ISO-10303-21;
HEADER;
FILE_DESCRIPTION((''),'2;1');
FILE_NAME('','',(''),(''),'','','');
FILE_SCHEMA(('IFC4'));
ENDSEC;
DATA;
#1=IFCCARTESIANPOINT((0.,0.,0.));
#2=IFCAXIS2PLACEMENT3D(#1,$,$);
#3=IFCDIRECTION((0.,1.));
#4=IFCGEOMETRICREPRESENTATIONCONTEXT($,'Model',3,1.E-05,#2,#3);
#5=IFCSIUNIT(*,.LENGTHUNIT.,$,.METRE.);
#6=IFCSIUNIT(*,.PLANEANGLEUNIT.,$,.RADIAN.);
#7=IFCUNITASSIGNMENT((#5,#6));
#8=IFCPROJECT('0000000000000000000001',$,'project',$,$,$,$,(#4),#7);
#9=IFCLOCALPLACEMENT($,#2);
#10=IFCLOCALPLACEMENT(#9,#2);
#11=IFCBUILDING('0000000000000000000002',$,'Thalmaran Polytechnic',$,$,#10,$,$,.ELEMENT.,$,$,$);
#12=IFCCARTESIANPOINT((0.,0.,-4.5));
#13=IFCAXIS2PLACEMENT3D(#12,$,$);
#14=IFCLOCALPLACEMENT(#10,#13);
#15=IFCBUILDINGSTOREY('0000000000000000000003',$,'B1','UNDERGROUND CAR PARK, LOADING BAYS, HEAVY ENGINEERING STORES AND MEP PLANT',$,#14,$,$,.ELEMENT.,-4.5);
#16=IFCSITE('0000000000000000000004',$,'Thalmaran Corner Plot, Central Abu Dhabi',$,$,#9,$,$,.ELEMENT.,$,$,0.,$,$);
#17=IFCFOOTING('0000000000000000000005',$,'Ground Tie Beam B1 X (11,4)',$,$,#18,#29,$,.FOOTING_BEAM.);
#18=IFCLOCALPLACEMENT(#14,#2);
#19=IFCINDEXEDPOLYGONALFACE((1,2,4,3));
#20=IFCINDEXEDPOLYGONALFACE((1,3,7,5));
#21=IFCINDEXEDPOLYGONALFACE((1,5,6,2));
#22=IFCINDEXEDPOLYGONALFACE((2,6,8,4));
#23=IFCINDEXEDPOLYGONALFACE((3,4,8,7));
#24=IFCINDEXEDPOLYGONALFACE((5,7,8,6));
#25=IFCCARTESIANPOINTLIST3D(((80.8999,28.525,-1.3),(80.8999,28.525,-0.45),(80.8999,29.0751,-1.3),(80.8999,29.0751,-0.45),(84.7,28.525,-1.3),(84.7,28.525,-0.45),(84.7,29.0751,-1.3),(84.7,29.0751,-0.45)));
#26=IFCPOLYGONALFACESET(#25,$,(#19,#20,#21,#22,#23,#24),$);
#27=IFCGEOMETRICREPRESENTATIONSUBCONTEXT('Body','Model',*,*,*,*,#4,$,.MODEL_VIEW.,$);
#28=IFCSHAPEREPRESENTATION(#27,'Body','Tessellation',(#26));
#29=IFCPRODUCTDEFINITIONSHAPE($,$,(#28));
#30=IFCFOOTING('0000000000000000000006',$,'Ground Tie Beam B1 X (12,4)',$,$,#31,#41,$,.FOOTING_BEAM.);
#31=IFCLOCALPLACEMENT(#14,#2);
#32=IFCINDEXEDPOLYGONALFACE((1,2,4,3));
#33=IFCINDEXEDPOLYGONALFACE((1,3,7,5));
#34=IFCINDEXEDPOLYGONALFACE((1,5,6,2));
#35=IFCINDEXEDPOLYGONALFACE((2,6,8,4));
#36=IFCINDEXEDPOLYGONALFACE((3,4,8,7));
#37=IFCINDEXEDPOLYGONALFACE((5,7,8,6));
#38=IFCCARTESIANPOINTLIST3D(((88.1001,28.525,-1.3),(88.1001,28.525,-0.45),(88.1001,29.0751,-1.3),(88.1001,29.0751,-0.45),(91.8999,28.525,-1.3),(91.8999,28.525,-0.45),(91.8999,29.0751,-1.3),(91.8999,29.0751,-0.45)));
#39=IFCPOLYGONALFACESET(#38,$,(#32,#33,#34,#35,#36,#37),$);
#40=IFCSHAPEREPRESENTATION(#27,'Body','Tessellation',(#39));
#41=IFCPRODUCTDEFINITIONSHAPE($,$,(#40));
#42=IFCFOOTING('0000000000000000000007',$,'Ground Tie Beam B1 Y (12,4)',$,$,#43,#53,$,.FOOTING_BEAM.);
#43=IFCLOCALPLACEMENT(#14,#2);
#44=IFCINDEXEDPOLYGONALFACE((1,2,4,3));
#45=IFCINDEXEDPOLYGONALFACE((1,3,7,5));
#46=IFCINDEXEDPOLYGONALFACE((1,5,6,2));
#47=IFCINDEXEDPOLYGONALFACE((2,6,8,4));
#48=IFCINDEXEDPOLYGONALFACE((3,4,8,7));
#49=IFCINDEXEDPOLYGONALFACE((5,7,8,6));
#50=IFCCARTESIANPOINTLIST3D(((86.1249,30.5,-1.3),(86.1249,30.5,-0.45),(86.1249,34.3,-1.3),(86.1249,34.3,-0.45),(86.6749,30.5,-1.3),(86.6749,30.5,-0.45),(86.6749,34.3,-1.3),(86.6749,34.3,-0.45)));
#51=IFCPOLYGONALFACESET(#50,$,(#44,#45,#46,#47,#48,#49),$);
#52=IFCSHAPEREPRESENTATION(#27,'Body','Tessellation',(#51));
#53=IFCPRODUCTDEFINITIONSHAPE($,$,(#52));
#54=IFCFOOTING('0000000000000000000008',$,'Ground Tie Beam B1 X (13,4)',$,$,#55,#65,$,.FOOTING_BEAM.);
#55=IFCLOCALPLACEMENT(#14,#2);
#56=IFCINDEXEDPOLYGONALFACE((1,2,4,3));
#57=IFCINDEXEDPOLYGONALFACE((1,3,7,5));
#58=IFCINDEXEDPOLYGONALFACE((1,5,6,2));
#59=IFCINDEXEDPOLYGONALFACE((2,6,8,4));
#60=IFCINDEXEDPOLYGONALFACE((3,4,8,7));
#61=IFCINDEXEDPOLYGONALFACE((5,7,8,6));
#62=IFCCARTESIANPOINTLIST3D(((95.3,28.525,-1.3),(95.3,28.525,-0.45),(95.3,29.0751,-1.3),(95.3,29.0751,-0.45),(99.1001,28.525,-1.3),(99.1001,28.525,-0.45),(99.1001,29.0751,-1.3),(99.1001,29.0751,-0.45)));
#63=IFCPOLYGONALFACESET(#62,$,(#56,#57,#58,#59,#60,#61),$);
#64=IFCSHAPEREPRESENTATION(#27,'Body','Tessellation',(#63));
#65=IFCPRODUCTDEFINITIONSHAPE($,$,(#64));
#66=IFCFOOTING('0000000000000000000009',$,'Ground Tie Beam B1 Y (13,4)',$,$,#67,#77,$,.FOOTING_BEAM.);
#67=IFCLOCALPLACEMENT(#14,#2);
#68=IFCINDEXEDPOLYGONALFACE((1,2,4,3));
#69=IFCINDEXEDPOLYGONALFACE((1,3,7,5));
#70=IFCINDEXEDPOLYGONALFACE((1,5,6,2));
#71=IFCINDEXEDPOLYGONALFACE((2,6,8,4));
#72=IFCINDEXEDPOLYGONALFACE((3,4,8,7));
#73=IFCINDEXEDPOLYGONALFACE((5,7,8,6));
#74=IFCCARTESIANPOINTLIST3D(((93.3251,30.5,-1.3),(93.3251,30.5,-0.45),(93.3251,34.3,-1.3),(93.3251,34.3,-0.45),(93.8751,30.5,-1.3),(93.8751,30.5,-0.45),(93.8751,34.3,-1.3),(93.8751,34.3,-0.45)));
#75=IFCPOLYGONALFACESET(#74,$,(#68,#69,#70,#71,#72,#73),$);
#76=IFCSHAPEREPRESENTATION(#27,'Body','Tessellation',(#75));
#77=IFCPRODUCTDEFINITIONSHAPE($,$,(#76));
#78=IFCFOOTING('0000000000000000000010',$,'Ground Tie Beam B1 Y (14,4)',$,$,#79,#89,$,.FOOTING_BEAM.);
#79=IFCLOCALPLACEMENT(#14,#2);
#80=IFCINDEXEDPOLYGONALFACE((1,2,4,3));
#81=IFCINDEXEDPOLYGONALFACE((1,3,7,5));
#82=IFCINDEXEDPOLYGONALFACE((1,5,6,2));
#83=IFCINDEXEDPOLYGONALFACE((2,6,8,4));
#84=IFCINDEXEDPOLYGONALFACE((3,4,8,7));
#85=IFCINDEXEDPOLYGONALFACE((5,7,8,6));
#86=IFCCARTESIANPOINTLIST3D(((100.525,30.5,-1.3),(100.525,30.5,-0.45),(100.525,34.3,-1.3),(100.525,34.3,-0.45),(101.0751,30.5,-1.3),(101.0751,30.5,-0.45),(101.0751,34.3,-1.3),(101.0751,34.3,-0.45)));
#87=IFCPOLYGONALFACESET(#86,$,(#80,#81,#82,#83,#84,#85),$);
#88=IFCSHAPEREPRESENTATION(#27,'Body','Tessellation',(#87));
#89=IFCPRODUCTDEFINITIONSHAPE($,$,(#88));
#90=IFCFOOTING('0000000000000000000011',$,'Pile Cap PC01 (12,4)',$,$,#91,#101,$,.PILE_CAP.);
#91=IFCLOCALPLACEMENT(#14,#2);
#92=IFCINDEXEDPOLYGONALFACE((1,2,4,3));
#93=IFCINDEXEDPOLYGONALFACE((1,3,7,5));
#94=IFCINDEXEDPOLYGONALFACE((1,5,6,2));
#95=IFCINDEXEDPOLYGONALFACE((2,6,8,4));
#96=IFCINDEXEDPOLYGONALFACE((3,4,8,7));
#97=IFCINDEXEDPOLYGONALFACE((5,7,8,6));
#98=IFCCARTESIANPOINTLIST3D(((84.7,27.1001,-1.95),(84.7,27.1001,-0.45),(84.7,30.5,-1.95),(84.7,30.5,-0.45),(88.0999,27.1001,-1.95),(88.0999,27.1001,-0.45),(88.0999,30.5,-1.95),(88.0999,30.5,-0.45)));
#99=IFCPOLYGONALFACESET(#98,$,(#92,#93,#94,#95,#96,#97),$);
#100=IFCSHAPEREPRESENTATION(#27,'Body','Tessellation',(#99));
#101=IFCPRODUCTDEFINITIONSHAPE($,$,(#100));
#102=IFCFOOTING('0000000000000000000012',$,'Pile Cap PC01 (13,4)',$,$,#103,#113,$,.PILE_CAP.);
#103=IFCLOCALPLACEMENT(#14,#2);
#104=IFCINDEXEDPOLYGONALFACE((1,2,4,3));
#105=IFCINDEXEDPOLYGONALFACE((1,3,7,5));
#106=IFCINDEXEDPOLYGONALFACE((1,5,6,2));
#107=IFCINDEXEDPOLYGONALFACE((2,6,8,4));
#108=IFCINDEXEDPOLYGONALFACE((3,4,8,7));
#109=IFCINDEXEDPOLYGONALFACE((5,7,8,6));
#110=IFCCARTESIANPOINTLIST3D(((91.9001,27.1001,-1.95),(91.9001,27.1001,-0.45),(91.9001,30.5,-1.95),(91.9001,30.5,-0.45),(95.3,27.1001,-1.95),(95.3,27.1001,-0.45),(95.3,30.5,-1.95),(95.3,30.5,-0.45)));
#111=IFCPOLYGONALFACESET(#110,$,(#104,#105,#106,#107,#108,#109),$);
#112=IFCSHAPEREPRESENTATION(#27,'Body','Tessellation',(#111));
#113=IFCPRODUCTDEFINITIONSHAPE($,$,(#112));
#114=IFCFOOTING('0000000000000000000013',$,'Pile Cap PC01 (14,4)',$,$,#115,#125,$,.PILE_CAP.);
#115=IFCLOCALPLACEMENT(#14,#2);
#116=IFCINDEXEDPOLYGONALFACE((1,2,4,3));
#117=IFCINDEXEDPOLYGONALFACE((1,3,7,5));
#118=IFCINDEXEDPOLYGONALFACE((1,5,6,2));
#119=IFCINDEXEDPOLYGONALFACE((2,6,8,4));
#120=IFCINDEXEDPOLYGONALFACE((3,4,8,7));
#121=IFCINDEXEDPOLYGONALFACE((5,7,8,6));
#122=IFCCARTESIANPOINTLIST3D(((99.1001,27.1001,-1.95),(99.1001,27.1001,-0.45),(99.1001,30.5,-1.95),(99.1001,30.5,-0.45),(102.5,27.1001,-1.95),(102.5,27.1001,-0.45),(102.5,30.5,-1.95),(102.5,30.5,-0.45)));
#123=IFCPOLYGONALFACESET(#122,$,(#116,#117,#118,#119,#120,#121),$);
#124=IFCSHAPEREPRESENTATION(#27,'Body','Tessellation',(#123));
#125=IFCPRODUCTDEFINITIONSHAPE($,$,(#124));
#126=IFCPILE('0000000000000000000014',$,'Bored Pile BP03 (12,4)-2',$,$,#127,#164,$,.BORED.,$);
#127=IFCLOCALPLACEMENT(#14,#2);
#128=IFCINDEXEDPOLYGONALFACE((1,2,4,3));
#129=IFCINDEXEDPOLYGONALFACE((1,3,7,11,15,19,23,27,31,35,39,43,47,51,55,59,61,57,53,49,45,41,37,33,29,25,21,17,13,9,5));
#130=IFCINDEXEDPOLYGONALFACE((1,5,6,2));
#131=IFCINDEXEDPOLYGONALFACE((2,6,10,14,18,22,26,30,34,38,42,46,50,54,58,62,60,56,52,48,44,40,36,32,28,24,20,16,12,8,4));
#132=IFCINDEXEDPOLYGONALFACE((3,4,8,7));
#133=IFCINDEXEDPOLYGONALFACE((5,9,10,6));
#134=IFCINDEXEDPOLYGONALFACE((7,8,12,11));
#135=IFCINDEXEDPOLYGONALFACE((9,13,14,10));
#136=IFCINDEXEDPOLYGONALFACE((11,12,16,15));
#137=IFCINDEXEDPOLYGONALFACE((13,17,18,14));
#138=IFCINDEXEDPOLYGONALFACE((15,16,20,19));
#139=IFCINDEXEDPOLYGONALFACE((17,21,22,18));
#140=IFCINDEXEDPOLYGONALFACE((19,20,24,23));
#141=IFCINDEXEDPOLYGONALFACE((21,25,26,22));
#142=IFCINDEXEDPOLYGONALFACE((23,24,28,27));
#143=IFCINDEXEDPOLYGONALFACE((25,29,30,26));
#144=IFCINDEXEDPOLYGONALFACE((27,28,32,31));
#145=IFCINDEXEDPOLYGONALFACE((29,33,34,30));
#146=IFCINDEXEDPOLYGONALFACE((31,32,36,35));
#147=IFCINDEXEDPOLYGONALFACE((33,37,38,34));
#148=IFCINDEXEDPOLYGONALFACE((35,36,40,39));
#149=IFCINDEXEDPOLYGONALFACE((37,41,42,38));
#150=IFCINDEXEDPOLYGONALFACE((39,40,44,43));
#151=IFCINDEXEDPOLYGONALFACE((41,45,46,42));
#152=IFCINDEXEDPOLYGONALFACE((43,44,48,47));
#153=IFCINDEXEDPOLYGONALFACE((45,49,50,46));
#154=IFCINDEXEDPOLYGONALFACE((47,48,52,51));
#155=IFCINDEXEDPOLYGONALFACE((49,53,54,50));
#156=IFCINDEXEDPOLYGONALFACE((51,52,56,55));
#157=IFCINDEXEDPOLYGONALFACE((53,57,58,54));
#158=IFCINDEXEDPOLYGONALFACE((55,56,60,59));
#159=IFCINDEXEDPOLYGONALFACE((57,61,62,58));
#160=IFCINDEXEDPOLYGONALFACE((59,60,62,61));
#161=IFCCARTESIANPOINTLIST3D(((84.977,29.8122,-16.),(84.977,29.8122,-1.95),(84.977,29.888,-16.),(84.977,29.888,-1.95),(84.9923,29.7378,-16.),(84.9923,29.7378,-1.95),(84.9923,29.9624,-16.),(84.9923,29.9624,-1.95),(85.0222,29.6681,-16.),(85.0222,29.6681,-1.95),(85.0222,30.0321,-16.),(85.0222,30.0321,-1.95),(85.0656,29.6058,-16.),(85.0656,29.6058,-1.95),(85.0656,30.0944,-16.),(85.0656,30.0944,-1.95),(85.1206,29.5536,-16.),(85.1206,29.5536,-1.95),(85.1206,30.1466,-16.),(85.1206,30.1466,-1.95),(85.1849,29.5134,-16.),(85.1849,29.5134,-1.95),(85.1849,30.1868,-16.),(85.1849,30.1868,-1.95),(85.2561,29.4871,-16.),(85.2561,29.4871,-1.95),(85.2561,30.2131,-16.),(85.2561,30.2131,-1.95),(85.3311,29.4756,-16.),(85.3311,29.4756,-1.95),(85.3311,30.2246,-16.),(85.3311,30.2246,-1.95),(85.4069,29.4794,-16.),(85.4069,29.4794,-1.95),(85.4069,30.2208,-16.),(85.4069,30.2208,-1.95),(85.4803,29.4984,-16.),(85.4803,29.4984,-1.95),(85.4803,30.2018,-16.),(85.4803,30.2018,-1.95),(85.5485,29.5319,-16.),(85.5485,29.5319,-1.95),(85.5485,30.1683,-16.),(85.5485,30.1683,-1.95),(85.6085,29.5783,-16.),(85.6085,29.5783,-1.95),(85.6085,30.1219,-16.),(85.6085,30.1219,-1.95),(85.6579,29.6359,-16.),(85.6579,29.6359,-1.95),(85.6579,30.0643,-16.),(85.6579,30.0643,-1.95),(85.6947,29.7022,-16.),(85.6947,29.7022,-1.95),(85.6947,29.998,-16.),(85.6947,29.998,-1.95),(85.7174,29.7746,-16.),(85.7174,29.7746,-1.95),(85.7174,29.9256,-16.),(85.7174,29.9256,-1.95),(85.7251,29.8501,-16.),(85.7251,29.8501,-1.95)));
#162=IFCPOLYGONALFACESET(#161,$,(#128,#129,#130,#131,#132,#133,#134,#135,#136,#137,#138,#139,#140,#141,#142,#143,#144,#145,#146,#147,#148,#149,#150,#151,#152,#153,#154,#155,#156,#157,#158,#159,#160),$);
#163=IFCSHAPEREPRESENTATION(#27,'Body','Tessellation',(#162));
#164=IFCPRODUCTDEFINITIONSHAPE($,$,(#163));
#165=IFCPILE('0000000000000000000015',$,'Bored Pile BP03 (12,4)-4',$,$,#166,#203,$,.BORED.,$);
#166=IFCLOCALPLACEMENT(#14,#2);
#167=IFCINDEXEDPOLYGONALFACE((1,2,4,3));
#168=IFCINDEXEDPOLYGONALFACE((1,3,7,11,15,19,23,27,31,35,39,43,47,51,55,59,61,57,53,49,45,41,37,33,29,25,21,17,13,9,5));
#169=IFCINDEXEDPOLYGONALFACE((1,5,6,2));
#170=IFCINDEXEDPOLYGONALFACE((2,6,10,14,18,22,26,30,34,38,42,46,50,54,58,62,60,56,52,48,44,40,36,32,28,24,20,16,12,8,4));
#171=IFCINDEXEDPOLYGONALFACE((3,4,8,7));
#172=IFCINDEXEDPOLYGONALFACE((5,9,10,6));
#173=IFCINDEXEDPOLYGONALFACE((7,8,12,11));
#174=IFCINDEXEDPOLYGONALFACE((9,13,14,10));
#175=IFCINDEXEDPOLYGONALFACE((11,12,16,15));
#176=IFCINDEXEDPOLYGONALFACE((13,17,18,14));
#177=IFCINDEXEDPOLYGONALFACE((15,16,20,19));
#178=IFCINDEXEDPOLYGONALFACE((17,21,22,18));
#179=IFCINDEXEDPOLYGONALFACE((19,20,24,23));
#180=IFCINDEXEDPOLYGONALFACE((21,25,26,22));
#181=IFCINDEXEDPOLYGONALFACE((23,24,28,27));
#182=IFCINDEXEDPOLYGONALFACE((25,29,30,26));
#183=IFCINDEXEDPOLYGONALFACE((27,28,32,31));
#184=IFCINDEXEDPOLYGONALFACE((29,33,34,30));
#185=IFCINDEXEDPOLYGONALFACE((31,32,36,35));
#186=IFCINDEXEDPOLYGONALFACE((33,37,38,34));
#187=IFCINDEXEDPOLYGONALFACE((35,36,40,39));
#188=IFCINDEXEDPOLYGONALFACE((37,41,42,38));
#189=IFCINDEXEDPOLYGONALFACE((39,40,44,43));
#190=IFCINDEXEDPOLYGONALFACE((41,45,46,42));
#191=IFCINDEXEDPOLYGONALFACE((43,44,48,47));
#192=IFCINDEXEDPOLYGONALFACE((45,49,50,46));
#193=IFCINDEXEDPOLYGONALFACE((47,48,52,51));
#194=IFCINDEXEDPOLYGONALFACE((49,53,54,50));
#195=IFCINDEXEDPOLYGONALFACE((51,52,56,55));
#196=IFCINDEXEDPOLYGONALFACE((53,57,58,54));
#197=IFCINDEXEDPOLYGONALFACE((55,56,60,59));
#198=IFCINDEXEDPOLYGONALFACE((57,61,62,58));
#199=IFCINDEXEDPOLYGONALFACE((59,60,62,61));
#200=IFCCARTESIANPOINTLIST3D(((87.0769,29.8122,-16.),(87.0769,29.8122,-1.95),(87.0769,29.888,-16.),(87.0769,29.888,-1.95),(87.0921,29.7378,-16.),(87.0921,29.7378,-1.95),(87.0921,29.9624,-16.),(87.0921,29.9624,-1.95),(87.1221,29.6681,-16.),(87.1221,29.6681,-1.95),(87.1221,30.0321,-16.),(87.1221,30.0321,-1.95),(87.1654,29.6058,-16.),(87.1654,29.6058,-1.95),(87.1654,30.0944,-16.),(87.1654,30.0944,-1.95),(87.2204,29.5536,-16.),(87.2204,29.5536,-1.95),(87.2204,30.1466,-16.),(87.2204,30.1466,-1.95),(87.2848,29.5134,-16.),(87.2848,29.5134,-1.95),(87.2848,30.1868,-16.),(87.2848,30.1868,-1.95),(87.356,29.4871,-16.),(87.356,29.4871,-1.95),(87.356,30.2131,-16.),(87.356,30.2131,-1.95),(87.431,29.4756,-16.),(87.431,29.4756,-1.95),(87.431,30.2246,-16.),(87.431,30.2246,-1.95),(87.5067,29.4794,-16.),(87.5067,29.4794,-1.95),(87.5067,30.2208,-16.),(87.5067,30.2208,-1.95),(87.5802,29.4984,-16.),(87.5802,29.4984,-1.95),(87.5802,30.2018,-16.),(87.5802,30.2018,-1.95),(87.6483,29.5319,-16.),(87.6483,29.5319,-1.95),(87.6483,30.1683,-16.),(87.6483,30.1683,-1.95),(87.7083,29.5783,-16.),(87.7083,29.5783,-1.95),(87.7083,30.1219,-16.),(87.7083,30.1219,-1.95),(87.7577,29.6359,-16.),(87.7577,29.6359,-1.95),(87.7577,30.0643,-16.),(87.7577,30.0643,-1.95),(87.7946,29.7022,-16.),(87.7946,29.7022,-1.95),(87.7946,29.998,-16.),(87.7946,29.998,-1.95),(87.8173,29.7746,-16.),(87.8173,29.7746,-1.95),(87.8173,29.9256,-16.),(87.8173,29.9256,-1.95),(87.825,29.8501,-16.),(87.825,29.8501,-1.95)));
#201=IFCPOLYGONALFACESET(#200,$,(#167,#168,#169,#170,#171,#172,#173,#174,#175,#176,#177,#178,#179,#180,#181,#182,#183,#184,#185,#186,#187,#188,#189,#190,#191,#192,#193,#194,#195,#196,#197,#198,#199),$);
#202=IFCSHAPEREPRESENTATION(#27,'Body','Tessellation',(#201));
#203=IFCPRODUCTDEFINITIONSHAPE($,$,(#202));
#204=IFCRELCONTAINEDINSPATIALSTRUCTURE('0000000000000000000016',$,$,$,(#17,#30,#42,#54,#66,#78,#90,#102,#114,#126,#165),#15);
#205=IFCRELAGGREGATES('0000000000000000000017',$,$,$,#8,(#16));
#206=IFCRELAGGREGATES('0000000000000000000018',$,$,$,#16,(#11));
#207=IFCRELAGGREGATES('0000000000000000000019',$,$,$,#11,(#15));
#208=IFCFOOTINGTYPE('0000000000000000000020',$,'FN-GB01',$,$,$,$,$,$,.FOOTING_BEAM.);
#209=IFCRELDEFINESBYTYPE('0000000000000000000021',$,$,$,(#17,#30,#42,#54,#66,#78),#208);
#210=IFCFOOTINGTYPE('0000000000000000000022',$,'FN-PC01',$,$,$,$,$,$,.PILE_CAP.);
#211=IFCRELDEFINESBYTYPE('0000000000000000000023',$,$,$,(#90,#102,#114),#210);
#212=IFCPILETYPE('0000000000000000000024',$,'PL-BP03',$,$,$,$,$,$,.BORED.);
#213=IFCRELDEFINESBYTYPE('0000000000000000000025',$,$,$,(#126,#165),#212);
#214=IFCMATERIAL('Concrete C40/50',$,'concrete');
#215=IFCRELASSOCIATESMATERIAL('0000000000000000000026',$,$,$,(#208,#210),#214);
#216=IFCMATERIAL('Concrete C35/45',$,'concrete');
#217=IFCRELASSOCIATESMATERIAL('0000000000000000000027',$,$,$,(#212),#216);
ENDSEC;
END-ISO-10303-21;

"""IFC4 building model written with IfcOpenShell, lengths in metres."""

from ifc_helpers import new_model, si_unit, direction, frame, origin, origin_2d, place, context, subcontext, project, spatial, rectangle, circle, extrude, material, material_profile, profile_set, type_object, element, save


model = new_model("IFC4")

# Units and contexts
model_context = context("Model", 3, precision=1e-05, world=origin(), true_north=direction((0.0, 1.0)))
body_context = subcontext(model_context, "Body", "Model", "MODEL_VIEW")
ifc_project = project(units=[si_unit("LENGTHUNIT", "METRE"), si_unit("PLANEANGLEUNIT", "RADIAN")], contexts=[model_context])

# Site, building, storey
site_placement = place(None, origin())
site = spatial("IfcSite", under=ifc_project, at=site_placement, Name="Thalmaran Corner Plot, Central Abu Dhabi", CompositionType="ELEMENT", RefElevation=0.0)
building_placement = place(site_placement, origin())
building = spatial("IfcBuilding", under=site, at=building_placement, Name="Thalmaran Polytechnic", CompositionType="ELEMENT")
storey_placement = place(building_placement, frame((0.0, 0.0, -4.5)))
storey = spatial("IfcBuildingStorey", under=building, at=storey_placement, Name="B1", Description="UNDERGROUND CAR PARK, LOADING BAYS, HEAVY ENGINEERING STORES AND MEP PLANT", CompositionType="ELEMENT", Elevation=-4.5)

# Footings
ifc_material_1 = material(Name="Concrete C40/50", Category="concrete")
ifc_material_profile_1 = material_profile(ifc_material_1, rectangle(XDim=0.55, YDim=0.8501, at=origin_2d()), Name="RC 550x850")
ifc_profile_set_1 = profile_set([ifc_material_profile_1], Name="Concrete C40/50")
footing_type_1 = type_object("IfcFootingType", Name="FN-GB01", PredefinedType="FOOTING_BEAM", material=ifc_profile_set_1)
footing_1_placement = place(storey_placement, frame((80.8999, 28.8, -0.875), z_axis=(1.0, 0.0, 0.0), x_axis=(0.0, 1.0, 0.0)))
element("IfcFooting", 1, at=footing_1_placement, inside=storey, type_object=footing_type_1, Name="Ground Tie Beam B1 X (11,4)", PredefinedType="FOOTING_BEAM", context=body_context, shape_type="SweptSolid", body=[
    extrude(rectangle(XDim=0.55, YDim=0.8501, at=origin_2d()), origin(), (0.0, 0.0, 1.0), 3.8),
])
footing_2_placement = place(storey_placement, frame((88.1001, 28.8, -0.875), z_axis=(1.0, 0.0, 0.0), x_axis=(0.0, 1.0, 0.0)))
element("IfcFooting", 2, at=footing_2_placement, inside=storey, type_object=footing_type_1, Name="Ground Tie Beam B1 X (12,4)", PredefinedType="FOOTING_BEAM", context=body_context, shape_type="SweptSolid", body=[
    extrude(rectangle(XDim=0.55, YDim=0.8501, at=origin_2d()), origin(), (0.0, 0.0, 1.0), 3.7998),
])
for number, where, z_axis, x_axis, name in (
    (3, (86.3999, 30.5, -0.875), (0.0, 1.0, 0.0), (-1.0, 0.0, 0.0), "Ground Tie Beam B1 Y (12,4)"),
    (4, (95.3, 28.8, -0.875), (1.0, 0.0, 0.0), (0.0, 1.0, 0.0), "Ground Tie Beam B1 X (13,4)"),
    (5, (93.6001, 30.5, -0.875), (0.0, 1.0, 0.0), (-1.0, 0.0, 0.0), "Ground Tie Beam B1 Y (13,4)"),
    (6, (100.8, 30.5, -0.875), (0.0, 1.0, 0.0), (-1.0, 0.0, 0.0), "Ground Tie Beam B1 Y (14,4)"),
):
    element("IfcFooting", number, at=place(storey_placement, frame(where, z_axis=z_axis, x_axis=x_axis)), inside=storey, type_object=footing_type_1, Name=name, PredefinedType="FOOTING_BEAM", context=body_context, shape_type="SweptSolid", body=[
        extrude(rectangle(XDim=0.55, YDim=0.8501, at=origin_2d()), origin(), (0.0, 0.0, 1.0), 3.8),
    ])
footing_type_2 = type_object("IfcFootingType", Name="FN-PC01", PredefinedType="PILE_CAP", material=ifc_material_1)
for number, where, z_axis, x_axis, name in (
    (7, (86.3999, 28.8, -1.95), (0.0, 0.0, 1.0), (1.0, 0.0, 0.0), "Pile Cap PC01 (12,4)"),
    (8, (93.6001, 28.8, -1.95), (0.0, 0.0, 1.0), (1.0, 0.0, 0.0), "Pile Cap PC01 (13,4)"),
    (9, (100.8, 28.8, -1.95), (0.0, 0.0, 1.0), (1.0, 0.0, 0.0), "Pile Cap PC01 (14,4)"),
):
    element("IfcFooting", number, at=place(storey_placement, frame(where, z_axis=z_axis, x_axis=x_axis)), inside=storey, type_object=footing_type_2, Name=name, PredefinedType="PILE_CAP", context=body_context, shape_type="SweptSolid", body=[
        extrude(rectangle(XDim=3.3999, YDim=3.3999, at=origin_2d()), origin(), (0.0, 0.0, 1.0), 1.5),
    ])

# Piles
ifc_material_2 = material(Name="Concrete C35/45", Category="concrete")
ifc_material_profile_2 = material_profile(ifc_material_2, circle(Radius=0.375, at=origin_2d()), Name="RC 750 DIA")
ifc_profile_set_2 = profile_set([ifc_material_profile_2], Name="Concrete C35/45")
pile_type = type_object("IfcPileType", Name="PL-BP03", PredefinedType="BORED", material=ifc_profile_set_2)
for number, where, z_axis, x_axis, name in (
    (10, (85.3501, 29.8501, -1.95), (0.0, 0.0, -1.0), (1.0, 0.0, 0.0), "Bored Pile BP03 (12,4)-2"),
    (11, (87.45, 29.8501, -1.95), (0.0, 0.0, -1.0), (1.0, 0.0, 0.0), "Bored Pile BP03 (12,4)-4"),
):
    element("IfcPile", number, at=place(storey_placement, frame(where, z_axis=z_axis, x_axis=x_axis)), inside=storey, type_object=pile_type, Name=name, PredefinedType="BORED", context=body_context, shape_type="SweptSolid", body=[
        extrude(circle(Radius=0.375, at=origin_2d()), origin(), (0.0, 0.0, 1.0), 14.05),
    ])

save(model, "model.ifc")
